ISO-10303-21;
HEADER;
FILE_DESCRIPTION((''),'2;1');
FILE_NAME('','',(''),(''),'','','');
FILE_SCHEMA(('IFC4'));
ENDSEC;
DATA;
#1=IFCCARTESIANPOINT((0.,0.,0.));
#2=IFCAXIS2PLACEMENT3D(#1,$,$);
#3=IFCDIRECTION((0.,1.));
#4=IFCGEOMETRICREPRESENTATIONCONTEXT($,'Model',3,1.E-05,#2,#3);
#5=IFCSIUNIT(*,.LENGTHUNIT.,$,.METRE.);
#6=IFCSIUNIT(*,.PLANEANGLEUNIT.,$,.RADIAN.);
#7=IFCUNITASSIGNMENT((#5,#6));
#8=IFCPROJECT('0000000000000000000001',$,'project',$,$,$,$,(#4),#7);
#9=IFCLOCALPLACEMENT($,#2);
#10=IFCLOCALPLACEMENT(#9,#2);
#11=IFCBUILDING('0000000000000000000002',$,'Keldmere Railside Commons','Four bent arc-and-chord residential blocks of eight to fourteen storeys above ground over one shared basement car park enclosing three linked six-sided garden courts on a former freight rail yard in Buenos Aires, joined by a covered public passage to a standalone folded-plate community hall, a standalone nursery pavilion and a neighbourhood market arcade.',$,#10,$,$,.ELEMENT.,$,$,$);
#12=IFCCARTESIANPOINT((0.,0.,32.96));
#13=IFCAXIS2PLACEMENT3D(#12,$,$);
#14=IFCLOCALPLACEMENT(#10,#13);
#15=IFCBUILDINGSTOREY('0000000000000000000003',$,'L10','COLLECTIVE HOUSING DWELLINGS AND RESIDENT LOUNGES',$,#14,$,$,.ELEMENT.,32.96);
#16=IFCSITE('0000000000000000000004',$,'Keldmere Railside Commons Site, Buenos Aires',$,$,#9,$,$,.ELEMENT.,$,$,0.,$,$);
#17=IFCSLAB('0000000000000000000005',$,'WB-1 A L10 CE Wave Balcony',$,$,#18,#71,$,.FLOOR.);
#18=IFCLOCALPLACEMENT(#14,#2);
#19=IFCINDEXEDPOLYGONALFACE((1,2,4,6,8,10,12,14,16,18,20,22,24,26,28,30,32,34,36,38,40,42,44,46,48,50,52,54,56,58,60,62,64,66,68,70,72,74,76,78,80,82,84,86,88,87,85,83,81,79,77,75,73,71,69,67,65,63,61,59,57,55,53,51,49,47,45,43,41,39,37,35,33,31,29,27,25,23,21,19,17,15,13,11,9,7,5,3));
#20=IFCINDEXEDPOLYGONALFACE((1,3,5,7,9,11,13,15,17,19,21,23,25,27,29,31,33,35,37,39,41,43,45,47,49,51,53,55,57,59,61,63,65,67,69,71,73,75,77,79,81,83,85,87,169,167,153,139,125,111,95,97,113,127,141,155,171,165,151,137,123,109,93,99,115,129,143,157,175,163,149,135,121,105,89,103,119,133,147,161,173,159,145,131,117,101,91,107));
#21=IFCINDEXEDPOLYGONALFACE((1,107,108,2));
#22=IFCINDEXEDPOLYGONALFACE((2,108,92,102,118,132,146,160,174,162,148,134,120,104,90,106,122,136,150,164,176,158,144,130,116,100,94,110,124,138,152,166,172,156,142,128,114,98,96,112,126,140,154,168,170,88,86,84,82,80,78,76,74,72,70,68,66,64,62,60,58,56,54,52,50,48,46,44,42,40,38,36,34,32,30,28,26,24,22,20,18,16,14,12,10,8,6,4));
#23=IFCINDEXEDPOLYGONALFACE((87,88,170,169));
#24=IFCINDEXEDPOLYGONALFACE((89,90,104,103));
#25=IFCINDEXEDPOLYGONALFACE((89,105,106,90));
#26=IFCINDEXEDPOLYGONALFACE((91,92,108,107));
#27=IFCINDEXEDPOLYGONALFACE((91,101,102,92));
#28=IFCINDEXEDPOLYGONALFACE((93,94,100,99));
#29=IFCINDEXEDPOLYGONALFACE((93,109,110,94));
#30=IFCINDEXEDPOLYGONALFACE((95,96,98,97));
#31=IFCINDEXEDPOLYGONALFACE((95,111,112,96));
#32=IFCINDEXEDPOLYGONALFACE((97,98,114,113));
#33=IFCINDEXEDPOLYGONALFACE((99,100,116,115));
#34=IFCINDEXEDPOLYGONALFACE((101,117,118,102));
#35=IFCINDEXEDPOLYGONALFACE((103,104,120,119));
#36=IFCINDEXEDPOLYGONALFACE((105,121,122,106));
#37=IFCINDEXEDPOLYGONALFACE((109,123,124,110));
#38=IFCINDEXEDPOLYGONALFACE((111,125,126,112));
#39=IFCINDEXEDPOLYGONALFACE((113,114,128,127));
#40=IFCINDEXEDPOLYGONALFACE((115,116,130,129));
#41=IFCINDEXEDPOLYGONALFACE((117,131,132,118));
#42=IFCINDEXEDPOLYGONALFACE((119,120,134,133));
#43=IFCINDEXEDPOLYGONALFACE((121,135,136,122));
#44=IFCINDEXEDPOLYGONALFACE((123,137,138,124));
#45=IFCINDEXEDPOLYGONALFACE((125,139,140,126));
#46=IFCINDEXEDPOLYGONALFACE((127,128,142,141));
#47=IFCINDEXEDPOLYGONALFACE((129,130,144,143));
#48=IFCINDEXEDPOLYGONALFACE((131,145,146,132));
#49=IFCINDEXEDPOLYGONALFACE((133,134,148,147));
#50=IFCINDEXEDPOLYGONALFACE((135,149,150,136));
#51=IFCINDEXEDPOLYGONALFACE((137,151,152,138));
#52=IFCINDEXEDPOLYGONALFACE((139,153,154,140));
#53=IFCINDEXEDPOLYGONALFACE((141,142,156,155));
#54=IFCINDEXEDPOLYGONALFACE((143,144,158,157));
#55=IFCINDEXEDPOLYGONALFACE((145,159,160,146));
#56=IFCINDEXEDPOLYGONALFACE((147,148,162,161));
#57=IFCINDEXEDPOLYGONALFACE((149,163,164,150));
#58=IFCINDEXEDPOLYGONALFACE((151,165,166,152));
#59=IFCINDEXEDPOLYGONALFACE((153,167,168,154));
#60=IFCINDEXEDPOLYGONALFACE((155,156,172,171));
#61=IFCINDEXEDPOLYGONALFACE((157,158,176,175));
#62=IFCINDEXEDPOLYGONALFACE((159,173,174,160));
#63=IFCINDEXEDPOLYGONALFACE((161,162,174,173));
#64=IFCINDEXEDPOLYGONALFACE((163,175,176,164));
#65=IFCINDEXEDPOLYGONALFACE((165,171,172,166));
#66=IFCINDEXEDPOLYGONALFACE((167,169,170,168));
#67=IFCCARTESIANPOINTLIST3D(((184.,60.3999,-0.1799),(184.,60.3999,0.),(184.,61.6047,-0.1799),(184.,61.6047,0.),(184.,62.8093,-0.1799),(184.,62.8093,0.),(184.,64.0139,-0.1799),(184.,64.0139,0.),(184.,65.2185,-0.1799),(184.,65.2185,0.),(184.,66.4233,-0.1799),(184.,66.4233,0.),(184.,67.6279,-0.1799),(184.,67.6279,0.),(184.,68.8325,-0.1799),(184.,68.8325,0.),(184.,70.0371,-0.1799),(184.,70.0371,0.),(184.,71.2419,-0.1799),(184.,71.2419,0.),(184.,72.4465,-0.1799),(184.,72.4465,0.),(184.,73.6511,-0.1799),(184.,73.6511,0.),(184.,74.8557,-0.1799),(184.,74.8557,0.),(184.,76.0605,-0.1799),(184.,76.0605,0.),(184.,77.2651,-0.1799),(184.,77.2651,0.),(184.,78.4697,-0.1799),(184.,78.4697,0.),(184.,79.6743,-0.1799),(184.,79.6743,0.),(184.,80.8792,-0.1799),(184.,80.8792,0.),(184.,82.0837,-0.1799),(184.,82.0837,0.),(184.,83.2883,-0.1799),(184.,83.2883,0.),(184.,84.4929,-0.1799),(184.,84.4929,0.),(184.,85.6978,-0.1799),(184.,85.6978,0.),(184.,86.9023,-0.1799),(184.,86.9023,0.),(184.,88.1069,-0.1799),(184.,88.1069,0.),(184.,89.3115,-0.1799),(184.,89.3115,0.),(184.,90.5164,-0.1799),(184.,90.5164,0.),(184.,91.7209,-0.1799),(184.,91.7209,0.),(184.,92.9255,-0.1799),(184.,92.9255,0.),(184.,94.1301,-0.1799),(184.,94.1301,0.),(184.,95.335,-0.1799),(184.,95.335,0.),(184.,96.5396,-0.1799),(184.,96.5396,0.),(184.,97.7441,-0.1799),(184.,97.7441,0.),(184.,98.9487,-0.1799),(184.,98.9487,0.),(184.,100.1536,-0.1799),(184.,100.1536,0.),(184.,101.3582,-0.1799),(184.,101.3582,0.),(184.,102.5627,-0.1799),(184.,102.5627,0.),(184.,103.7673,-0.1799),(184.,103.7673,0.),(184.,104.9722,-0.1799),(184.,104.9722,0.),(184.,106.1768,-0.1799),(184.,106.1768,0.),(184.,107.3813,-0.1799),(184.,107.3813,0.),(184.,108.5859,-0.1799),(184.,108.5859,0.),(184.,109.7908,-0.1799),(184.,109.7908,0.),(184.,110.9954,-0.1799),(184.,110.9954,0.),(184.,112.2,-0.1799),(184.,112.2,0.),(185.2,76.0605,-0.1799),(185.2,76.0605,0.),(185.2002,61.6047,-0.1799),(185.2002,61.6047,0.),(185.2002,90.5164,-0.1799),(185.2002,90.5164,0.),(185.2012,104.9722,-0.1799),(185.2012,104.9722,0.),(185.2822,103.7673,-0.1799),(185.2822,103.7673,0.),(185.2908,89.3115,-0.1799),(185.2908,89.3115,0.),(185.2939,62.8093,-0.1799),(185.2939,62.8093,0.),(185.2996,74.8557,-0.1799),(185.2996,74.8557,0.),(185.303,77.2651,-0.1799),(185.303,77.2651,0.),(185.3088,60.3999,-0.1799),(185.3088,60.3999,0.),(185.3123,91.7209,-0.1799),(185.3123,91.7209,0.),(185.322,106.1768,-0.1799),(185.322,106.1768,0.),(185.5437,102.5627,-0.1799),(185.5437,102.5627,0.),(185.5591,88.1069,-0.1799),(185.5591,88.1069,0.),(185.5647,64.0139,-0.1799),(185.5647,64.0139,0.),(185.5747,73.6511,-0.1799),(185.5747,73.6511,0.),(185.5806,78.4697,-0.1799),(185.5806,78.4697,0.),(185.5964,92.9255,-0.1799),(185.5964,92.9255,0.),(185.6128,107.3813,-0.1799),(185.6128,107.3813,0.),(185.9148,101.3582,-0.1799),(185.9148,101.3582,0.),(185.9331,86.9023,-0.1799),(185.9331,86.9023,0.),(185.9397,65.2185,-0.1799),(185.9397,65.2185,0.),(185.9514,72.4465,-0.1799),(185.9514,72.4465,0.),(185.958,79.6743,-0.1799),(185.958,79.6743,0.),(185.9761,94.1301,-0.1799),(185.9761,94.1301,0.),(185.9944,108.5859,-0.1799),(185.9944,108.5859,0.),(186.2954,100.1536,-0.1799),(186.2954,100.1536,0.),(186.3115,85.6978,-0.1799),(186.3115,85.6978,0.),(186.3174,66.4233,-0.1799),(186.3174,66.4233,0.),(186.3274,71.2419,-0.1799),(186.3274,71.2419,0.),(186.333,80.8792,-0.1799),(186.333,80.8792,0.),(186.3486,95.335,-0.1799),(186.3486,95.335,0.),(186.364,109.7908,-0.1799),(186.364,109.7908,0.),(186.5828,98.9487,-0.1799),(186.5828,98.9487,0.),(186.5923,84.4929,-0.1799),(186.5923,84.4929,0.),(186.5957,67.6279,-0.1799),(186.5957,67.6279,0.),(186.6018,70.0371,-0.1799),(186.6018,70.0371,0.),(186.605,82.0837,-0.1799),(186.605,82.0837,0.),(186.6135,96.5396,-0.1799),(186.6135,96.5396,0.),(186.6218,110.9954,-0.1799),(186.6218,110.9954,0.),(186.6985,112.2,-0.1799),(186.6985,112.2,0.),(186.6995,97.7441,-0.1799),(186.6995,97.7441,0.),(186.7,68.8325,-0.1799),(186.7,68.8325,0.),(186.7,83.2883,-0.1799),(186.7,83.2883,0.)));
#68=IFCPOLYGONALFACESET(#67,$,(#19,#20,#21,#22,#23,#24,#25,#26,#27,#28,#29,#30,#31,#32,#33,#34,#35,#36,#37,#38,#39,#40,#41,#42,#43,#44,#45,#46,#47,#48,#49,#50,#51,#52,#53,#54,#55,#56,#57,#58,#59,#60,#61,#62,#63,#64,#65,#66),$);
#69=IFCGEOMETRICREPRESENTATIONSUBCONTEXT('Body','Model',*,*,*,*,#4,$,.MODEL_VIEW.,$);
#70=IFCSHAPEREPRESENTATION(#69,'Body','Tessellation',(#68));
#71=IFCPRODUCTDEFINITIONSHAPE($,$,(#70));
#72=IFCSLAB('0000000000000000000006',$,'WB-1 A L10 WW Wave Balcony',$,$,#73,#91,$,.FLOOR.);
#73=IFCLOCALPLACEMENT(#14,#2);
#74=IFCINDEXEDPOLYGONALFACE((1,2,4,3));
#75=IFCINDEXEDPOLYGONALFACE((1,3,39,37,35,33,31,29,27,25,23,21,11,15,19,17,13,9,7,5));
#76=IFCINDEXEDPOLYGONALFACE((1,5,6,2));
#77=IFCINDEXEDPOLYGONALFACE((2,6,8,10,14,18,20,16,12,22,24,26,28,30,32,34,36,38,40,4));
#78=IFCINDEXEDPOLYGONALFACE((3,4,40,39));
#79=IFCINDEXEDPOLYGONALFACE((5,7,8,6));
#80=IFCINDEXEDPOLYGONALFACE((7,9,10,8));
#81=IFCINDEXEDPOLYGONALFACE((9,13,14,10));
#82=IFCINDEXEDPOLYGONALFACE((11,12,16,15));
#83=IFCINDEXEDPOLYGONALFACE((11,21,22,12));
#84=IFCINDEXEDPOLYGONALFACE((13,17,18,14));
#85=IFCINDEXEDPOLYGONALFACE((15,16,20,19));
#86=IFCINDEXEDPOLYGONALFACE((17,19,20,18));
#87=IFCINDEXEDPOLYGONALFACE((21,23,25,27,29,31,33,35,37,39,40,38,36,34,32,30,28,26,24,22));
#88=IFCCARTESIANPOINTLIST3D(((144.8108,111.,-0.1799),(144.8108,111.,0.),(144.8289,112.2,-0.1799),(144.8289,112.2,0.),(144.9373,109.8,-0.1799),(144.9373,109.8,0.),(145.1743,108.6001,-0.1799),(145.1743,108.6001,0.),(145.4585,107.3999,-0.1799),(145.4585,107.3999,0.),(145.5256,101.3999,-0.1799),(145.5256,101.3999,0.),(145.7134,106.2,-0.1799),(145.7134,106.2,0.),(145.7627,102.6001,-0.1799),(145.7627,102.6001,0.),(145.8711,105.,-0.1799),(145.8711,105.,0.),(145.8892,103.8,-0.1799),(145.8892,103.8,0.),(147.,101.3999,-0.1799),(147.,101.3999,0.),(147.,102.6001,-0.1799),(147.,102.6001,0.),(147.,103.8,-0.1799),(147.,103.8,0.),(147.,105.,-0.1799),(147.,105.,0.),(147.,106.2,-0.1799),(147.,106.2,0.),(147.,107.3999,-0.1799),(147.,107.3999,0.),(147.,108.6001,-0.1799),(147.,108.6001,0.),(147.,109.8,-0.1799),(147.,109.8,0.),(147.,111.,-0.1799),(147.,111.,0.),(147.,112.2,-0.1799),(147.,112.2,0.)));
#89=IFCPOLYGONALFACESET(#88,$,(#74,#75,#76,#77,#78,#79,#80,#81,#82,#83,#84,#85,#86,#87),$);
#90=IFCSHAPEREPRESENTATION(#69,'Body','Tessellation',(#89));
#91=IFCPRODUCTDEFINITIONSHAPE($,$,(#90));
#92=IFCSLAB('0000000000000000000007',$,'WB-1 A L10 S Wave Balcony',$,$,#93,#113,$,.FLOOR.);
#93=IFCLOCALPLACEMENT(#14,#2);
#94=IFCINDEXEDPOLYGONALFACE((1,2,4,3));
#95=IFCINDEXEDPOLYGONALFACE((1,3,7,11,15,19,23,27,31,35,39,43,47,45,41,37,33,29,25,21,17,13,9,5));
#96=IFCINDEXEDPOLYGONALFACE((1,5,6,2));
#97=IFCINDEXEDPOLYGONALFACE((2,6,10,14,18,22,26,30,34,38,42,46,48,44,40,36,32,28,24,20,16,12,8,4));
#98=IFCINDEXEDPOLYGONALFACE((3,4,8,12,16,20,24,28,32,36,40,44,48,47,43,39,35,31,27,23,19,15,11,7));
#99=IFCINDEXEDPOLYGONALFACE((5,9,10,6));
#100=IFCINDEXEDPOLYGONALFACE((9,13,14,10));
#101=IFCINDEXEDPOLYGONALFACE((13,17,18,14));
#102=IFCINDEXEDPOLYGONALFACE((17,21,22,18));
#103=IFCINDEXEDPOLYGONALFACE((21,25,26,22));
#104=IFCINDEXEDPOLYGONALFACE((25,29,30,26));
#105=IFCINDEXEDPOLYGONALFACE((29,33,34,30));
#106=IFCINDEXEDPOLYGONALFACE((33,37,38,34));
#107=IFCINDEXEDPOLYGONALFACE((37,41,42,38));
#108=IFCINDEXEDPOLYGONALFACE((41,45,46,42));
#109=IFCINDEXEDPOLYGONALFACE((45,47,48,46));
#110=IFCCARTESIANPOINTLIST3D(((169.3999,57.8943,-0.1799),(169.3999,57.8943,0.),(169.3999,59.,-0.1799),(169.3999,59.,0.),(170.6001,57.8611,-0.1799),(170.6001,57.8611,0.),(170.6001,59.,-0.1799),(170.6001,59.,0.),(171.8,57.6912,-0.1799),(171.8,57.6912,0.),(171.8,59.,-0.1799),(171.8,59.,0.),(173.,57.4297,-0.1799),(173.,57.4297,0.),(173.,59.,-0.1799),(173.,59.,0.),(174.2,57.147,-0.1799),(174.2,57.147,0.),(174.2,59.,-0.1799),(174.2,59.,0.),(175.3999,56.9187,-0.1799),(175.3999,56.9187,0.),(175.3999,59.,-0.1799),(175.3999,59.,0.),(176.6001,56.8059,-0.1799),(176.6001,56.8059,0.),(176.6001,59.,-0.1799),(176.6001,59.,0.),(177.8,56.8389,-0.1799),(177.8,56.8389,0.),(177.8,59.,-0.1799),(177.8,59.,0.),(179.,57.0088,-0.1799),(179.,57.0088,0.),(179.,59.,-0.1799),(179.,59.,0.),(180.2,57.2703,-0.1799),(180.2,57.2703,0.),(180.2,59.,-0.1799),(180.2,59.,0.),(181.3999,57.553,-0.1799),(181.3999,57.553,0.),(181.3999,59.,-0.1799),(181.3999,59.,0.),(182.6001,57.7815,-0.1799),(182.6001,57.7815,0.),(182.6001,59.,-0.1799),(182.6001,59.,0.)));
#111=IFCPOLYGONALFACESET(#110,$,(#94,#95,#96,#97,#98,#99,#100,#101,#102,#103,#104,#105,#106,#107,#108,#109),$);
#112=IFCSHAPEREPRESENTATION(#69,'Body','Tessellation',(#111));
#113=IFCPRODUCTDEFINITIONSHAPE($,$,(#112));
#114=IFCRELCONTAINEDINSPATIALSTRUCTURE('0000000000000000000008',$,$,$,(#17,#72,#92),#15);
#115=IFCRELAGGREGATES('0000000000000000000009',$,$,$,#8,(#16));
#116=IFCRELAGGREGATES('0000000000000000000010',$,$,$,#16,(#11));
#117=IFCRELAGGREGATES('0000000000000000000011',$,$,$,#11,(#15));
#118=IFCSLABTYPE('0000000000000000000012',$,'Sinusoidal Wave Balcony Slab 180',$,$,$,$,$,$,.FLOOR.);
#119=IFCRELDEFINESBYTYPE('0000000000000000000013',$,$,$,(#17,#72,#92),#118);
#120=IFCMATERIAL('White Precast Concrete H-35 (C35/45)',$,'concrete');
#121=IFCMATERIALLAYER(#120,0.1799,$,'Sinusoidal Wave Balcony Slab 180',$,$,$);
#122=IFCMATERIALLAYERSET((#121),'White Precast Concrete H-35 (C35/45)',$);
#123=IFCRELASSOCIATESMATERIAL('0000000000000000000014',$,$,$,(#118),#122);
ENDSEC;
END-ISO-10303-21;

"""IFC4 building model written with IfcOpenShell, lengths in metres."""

from ifc_helpers import new_model, si_unit, direction, frame, origin, place, context, subcontext, project, spatial, polyline, outline, extrude, material, layer, layer_set, type_object, element, save


model = new_model("IFC4")

# Units and contexts
model_context = context("Model", 3, precision=1e-05, world=origin(), true_north=direction((0.0, 1.0)))
body_context = subcontext(model_context, "Body", "Model", "MODEL_VIEW")
ifc_project = project(units=[si_unit("LENGTHUNIT", "METRE"), si_unit("PLANEANGLEUNIT", "RADIAN")], contexts=[model_context])

# Site, building, storey
site_placement = place(None, origin())
site = spatial("IfcSite", under=ifc_project, at=site_placement, Name="Keldmere Railside Commons Site, Buenos Aires", CompositionType="ELEMENT", RefElevation=0.0)
building_placement = place(site_placement, origin())
building = spatial("IfcBuilding", under=site, at=building_placement, Name="Keldmere Railside Commons", Description="Four bent arc-and-chord residential blocks of eight to fourteen storeys above ground over one shared basement car park enclosing three linked six-sided garden courts on a former freight rail yard in Buenos Aires, joined by a covered public passage to a standalone folded-plate community hall, a standalone nursery pavilion and a neighbourhood market arcade.", CompositionType="ELEMENT")
storey_placement = place(building_placement, frame((0.0, 0.0, 32.96)))
storey = spatial("IfcBuildingStorey", under=building, at=storey_placement, Name="L10", Description="COLLECTIVE HOUSING DWELLINGS AND RESIDENT LOUNGES", CompositionType="ELEMENT", Elevation=32.96)

# Slabs
ifc_material_1 = material(Name="White Precast Concrete H-35 (C35/45)", Category="concrete")
ifc_layer_1 = layer(ifc_material_1, 0.1799, Name="Sinusoidal Wave Balcony Slab 180")
ifc_layer_set_1 = layer_set([ifc_layer_1], Name="White Precast Concrete H-35 (C35/45)")
slab_type_1 = type_object("IfcSlabType", Name="Sinusoidal Wave Balcony Slab 180", PredefinedType="FLOOR", material=ifc_layer_set_1)
slab_1_placement = place(storey_placement, frame((0.0, 0.0, -0.1799)))
element("IfcSlab", 1, at=slab_1_placement, inside=storey, type_object=slab_type_1, Name="WB-1 A L10 CE Wave Balcony", PredefinedType="FLOOR", context=body_context, shape_type="SweptSolid", body=[
    extrude(outline(polyline([(185.3088, 60.3999), (185.2002, 61.6047), (185.2939, 62.8093), (185.5647, 64.0139), (185.9397, 65.2185), (186.3174, 66.4233), (186.5957, 67.6279), (186.7, 68.8325), (186.6018, 70.0371), (186.3274, 71.2419), (185.9514, 72.4465), (185.5747, 73.6511), (185.2996, 74.8557), (185.2, 76.0605), (185.303, 77.2651), (185.5806, 78.4697), (185.958, 79.6743), (186.333, 80.8792), (186.605, 82.0837), (186.7, 83.2883), (186.5923, 84.4929), (186.3115, 85.6978), (185.9331, 86.9023), (185.5591, 88.1069), (185.2908, 89.3115), (185.2002, 90.5164), (185.3123, 91.7209), (185.5964, 92.9255), (185.9761, 94.1301), (186.3486, 95.335), (186.6135, 96.5396), (186.6995, 97.7441), (186.5828, 98.9487), (186.2954, 100.1536), (185.9148, 101.3582), (185.5437, 102.5627), (185.2822, 103.7673), (185.2012, 104.9722), (185.322, 106.1768), (185.6128, 107.3813), (185.9944, 108.5859), (186.364, 109.7908), (186.6218, 110.9954), (186.6985, 112.2), (184.0, 112.2), (184.0, 110.9954), (184.0, 109.7908), (184.0, 108.5859), (184.0, 107.3813), (184.0, 106.1768), (184.0, 104.9722), (184.0, 103.7673), (184.0, 102.5627), (184.0, 101.3582), (184.0, 100.1536), (184.0, 98.9487), (184.0, 97.7441), (184.0, 96.5396), (184.0, 95.335), (184.0, 94.1301), (184.0, 92.9255), (184.0, 91.7209), (184.0, 90.5164), (184.0, 89.3115), (184.0, 88.1069), (184.0, 86.9023), (184.0, 85.6978), (184.0, 84.4929), (184.0, 83.2883), (184.0, 82.0837), (184.0, 80.8792), (184.0, 79.6743), (184.0, 78.4697), (184.0, 77.2651), (184.0, 76.0605), (184.0, 74.8557), (184.0, 73.6511), (184.0, 72.4465), (184.0, 71.2419), (184.0, 70.0371), (184.0, 68.8325), (184.0, 67.6279), (184.0, 66.4233), (184.0, 65.2185), (184.0, 64.0139), (184.0, 62.8093), (184.0, 61.6047), (184.0, 60.3999), (185.3088, 60.3999)])), origin(), (0.0, 0.0, 1.0), 0.1799),
])
slab_2_placement = place(storey_placement, frame((0.0, 0.0, -0.1799)))
element("IfcSlab", 2, at=slab_2_placement, inside=storey, type_object=slab_type_1, Name="WB-1 A L10 WW Wave Balcony", PredefinedType="FLOOR", context=body_context, shape_type="SweptSolid", body=[
    extrude(outline(polyline([(147.0, 101.3999), (147.0, 102.6001), (147.0, 103.8), (147.0, 105.0), (147.0, 106.2), (147.0, 107.3999), (147.0, 108.6001), (147.0, 109.8), (147.0, 111.0), (147.0, 112.2), (144.8289, 112.2), (144.8108, 111.0), (144.9373, 109.8), (145.1743, 108.6001), (145.4585, 107.3999), (145.7134, 106.2), (145.8711, 105.0), (145.8892, 103.8), (145.7627, 102.6001), (145.5256, 101.3999), (147.0, 101.3999)])), origin(), (0.0, 0.0, 1.0), 0.1799),
])
slab_3_placement = place(storey_placement, frame((0.0, 0.0, -0.1799)))
element("IfcSlab", 3, at=slab_3_placement, inside=storey, type_object=slab_type_1, Name="WB-1 A L10 S Wave Balcony", PredefinedType="FLOOR", context=body_context, shape_type="SweptSolid", body=[
    extrude(outline(polyline([(169.3999, 57.8943), (170.6001, 57.8611), (171.8, 57.6912), (173.0, 57.4297), (174.2, 57.147), (175.3999, 56.9187), (176.6001, 56.8059), (177.8, 56.8389), (179.0, 57.0088), (180.2, 57.2703), (181.3999, 57.553), (182.6001, 57.7815), (182.6001, 59.0), (181.3999, 59.0), (180.2, 59.0), (179.0, 59.0), (177.8, 59.0), (176.6001, 59.0), (175.3999, 59.0), (174.2, 59.0), (173.0, 59.0), (171.8, 59.0), (170.6001, 59.0), (169.3999, 59.0), (169.3999, 57.8943)])), origin(), (0.0, 0.0, 1.0), 0.1799),
])

save(model, "model.ifc")
